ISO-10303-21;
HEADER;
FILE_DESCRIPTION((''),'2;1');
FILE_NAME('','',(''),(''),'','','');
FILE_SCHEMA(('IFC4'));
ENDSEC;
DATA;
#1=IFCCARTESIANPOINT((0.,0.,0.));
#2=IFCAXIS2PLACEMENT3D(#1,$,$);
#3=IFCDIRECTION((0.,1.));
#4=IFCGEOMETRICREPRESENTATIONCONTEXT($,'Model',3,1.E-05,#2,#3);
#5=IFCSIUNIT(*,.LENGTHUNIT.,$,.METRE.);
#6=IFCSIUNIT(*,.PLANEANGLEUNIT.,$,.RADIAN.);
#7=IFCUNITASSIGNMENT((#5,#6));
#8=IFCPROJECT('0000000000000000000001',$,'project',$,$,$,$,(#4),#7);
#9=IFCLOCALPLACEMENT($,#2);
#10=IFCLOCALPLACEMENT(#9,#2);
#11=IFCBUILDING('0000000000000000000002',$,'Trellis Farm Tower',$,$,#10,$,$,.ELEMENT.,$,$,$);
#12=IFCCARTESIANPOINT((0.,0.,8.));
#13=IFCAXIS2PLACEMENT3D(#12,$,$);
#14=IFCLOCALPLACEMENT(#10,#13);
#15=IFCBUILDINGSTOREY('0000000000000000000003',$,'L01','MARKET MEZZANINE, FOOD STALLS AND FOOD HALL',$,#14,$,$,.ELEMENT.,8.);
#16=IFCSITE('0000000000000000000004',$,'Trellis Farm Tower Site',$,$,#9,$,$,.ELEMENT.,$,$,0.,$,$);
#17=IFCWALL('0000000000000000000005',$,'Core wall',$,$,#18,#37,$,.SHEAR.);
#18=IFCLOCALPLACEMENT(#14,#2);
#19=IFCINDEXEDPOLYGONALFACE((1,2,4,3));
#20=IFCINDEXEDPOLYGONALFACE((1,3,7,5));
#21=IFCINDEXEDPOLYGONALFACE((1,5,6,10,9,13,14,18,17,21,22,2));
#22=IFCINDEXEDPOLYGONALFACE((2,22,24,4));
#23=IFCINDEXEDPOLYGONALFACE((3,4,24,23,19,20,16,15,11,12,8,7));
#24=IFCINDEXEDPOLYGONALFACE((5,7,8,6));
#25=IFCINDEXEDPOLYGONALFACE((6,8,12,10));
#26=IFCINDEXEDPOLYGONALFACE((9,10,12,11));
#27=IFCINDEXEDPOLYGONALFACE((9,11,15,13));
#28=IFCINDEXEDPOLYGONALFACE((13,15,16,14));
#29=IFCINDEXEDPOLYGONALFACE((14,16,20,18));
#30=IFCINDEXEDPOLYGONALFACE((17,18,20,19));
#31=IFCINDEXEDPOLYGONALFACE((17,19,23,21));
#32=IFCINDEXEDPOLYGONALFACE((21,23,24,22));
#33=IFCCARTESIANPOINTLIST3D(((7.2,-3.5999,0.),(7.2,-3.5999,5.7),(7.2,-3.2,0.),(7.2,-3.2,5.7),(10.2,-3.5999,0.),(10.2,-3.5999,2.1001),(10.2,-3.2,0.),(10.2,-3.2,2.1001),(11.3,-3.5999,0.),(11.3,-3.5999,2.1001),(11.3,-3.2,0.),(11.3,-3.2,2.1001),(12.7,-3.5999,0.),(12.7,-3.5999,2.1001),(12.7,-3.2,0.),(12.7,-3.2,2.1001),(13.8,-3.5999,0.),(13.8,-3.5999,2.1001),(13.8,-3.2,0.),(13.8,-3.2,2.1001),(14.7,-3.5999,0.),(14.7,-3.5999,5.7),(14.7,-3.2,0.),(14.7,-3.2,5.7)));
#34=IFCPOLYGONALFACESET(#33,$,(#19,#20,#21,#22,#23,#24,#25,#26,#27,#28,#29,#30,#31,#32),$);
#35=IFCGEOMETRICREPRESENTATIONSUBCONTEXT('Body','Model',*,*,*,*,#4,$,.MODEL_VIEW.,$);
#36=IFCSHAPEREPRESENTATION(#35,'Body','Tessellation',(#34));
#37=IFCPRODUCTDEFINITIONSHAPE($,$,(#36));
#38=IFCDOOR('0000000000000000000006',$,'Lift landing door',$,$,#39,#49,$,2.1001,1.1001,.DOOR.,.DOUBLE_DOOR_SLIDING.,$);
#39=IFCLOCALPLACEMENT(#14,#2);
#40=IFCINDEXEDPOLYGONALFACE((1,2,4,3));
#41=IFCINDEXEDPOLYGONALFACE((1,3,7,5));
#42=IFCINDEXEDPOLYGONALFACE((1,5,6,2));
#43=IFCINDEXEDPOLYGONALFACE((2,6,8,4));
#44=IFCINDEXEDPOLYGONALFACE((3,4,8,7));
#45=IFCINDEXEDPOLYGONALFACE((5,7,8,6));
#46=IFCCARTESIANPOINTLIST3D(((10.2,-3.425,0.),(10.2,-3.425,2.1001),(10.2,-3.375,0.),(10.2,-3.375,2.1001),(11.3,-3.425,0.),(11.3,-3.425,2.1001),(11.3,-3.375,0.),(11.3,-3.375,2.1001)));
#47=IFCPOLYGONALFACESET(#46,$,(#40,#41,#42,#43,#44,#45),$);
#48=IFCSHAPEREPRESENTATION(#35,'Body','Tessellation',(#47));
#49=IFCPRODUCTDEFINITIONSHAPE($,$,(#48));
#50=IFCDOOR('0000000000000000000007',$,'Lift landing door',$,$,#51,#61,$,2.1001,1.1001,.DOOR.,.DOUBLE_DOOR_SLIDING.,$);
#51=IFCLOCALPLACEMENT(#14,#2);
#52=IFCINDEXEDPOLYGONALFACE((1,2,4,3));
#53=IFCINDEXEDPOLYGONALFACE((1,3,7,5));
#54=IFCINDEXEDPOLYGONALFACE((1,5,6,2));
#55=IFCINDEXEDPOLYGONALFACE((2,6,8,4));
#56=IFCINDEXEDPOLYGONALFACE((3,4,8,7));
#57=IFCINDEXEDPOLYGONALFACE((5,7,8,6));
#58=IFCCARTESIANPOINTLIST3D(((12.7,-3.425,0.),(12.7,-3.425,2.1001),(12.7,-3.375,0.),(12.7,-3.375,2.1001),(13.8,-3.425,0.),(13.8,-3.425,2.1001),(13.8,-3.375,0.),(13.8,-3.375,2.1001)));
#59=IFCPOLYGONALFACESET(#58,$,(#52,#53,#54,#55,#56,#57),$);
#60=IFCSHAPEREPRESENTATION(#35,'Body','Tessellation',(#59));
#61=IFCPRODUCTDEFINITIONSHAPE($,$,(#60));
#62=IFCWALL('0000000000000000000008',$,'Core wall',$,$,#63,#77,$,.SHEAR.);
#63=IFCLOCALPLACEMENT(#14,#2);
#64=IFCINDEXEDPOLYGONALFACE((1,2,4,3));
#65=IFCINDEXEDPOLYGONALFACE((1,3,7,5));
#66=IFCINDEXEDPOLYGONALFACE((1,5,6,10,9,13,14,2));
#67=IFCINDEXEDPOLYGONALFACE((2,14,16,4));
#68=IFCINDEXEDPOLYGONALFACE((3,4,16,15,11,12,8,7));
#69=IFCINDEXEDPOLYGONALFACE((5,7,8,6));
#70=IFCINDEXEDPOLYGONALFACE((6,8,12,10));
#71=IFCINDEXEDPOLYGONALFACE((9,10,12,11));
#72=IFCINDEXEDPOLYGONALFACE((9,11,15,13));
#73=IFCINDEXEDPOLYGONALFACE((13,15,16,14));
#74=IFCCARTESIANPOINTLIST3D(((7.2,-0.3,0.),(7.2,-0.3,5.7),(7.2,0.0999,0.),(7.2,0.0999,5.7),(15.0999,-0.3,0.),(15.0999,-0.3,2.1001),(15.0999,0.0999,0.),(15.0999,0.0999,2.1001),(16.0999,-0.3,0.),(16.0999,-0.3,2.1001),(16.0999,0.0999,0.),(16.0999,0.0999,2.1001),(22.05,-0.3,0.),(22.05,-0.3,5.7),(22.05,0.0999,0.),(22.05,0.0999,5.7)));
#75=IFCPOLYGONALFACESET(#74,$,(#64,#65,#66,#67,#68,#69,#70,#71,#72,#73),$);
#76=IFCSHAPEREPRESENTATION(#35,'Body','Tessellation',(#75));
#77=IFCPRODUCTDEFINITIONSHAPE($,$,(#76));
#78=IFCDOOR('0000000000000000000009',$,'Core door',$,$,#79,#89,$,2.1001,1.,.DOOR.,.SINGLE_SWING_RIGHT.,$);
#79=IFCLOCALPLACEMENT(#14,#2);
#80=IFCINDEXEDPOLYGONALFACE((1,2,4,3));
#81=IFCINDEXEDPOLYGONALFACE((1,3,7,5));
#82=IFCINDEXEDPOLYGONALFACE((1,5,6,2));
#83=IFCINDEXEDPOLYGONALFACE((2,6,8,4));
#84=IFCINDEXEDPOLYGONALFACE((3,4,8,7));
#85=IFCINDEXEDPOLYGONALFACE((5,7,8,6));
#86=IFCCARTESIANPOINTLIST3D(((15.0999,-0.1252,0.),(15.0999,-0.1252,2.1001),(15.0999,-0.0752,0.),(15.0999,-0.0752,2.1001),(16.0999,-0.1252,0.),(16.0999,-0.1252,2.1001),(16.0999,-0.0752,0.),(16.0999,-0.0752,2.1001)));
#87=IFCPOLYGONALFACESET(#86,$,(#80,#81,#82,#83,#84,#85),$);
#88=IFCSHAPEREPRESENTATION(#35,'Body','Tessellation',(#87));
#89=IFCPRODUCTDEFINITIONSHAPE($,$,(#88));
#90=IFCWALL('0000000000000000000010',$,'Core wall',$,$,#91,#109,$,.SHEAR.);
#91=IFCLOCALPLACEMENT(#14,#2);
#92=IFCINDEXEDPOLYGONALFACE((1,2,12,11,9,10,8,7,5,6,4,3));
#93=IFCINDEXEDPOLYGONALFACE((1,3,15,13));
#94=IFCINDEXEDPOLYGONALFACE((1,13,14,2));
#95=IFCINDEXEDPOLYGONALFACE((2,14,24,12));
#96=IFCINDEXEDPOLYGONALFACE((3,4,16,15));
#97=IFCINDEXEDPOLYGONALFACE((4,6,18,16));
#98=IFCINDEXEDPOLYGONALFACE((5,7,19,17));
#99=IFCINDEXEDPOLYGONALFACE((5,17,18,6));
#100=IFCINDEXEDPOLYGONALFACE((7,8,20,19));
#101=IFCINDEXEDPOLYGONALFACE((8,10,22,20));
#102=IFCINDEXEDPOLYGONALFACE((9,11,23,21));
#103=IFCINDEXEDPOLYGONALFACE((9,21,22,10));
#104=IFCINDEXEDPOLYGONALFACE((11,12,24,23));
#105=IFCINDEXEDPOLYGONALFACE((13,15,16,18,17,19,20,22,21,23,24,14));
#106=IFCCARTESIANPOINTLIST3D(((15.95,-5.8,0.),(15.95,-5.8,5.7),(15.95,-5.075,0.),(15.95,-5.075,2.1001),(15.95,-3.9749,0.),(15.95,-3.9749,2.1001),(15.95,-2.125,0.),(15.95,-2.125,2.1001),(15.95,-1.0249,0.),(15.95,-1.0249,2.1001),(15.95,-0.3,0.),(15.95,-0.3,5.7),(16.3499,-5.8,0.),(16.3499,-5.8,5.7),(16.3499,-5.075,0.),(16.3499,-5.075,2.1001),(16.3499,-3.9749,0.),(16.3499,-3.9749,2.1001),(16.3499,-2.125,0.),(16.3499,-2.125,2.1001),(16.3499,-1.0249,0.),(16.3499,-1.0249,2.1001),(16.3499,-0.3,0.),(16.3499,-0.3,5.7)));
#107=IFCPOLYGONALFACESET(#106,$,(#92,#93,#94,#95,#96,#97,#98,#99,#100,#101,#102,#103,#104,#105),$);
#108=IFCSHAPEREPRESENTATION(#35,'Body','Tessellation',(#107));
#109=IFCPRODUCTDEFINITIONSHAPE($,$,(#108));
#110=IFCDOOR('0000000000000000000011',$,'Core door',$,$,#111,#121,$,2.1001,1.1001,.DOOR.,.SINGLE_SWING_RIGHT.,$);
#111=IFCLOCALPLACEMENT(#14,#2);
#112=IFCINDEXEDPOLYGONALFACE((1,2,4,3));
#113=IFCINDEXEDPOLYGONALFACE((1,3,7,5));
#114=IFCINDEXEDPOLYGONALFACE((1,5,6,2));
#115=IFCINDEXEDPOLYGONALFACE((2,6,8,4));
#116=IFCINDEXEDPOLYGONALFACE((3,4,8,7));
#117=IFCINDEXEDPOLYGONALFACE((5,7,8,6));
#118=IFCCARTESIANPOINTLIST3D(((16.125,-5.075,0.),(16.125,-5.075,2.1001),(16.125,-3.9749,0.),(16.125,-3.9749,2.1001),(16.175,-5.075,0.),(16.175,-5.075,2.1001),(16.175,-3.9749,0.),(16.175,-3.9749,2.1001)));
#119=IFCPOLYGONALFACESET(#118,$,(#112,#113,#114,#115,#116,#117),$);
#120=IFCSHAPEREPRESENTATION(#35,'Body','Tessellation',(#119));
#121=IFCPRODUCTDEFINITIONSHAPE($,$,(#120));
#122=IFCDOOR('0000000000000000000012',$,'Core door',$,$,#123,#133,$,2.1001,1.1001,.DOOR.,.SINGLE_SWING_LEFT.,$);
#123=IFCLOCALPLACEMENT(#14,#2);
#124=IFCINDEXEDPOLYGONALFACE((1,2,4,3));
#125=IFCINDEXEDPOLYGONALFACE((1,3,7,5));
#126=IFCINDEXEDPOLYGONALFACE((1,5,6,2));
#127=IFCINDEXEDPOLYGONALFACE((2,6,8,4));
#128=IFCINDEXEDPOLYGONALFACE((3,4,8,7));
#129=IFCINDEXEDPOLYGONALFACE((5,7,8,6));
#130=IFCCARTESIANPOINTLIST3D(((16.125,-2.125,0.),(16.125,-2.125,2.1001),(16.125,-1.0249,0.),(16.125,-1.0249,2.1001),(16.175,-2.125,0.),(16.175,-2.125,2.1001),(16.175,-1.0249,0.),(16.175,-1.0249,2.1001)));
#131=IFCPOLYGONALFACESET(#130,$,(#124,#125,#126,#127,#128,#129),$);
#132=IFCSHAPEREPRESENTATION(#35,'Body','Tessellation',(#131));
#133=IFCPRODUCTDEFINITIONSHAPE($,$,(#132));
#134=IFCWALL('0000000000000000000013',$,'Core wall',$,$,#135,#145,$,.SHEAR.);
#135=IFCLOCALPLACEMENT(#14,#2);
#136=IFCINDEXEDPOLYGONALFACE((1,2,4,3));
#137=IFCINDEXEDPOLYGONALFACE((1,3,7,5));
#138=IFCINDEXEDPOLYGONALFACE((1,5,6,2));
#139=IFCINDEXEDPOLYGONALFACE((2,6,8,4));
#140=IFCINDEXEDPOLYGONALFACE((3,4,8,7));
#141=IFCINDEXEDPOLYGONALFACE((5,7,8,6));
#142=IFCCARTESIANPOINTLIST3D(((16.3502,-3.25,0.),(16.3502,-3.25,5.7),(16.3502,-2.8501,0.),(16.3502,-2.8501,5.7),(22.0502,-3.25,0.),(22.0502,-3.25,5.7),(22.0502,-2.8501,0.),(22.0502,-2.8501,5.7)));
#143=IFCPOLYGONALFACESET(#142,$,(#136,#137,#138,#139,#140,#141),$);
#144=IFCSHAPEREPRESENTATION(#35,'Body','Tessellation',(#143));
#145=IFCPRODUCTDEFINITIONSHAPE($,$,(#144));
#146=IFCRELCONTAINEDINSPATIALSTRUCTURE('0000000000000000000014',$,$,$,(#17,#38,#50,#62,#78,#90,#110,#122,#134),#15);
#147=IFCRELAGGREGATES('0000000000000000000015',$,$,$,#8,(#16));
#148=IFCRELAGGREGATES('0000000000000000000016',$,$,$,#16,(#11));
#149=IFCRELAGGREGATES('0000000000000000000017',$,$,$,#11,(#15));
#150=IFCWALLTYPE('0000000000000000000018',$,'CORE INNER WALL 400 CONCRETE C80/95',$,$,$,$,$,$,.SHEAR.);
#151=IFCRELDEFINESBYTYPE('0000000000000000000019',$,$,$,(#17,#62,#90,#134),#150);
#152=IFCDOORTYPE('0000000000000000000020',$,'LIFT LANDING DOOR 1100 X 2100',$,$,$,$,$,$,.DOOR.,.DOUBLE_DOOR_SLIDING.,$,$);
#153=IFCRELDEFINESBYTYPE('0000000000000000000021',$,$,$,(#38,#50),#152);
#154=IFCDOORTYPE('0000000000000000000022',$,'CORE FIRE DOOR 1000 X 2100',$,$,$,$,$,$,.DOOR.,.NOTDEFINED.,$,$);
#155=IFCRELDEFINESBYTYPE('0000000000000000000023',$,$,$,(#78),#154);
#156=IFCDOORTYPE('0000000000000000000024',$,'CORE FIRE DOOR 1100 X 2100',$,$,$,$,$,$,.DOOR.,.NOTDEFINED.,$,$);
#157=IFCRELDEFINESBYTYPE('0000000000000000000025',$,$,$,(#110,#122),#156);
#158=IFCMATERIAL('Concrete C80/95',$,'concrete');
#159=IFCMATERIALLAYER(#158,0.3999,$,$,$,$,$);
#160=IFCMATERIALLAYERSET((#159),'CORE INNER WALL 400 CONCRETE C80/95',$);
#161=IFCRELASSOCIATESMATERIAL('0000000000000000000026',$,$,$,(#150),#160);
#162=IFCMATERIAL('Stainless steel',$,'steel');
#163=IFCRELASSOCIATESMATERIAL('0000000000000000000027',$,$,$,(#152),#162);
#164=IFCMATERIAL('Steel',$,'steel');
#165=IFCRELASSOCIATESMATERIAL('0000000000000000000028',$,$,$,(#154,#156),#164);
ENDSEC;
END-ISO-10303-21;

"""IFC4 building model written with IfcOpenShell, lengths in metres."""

from ifc_helpers import new_model, si_unit, direction, frame, frame_2d, origin, place, context, subcontext, project, spatial, rectangle, extrude, source, transform, mapped, material, layer, layer_set, type_object, element, fill, save


model = new_model("IFC4")

# Units and contexts
model_context = context("Model", 3, precision=1e-05, world=origin(), true_north=direction((0.0, 1.0)))
body_context = subcontext(model_context, "Body", "Model", "MODEL_VIEW")
ifc_project = project(units=[si_unit("LENGTHUNIT", "METRE"), si_unit("PLANEANGLEUNIT", "RADIAN")], contexts=[model_context])

# Site, building, storey
site_placement = place(None, origin())
site = spatial("IfcSite", under=ifc_project, at=site_placement, Name="Trellis Farm Tower Site", CompositionType="ELEMENT", RefElevation=0.0)
building_placement = place(site_placement, origin())
building = spatial("IfcBuilding", under=site, at=building_placement, Name="Trellis Farm Tower", CompositionType="ELEMENT")
storey_placement = place(building_placement, frame((0.0, 0.0, 8.0)))
storey = spatial("IfcBuildingStorey", under=building, at=storey_placement, Name="L01", Description="MARKET MEZZANINE, FOOD STALLS AND FOOD HALL", CompositionType="ELEMENT", Elevation=8.0)

# Shared definitions
ifc_material_1 = material(Name="Concrete C80/95", Category="concrete")

# Wall, openings, doors
ifc_layer_1 = layer(ifc_material_1, 0.3999)
ifc_layer_set_1 = layer_set([ifc_layer_1], Name="CORE INNER WALL 400 CONCRETE C80/95")
wall_type = type_object("IfcWallType", Name="CORE INNER WALL 400 CONCRETE C80/95", PredefinedType="SHEAR", material=ifc_layer_set_1)
shared_shape_1 = source(origin(), body_context, "Body", "SweptSolid", [
    extrude(rectangle(XDim=7.5, YDim=0.3999, at=frame_2d((3.75, 0.0))), origin(), (0.0, 0.0, 1.0), 5.7),
])
wall_1_placement = place(storey_placement, frame((7.2, -3.3999, 0.0), z_axis=(0.0, 0.0, 1.0), x_axis=(1.0, 0.0, 0.0)))
wall_1 = element("IfcWall", 1, at=wall_1_placement, inside=storey, type_object=wall_type, Name="Core wall", PredefinedType="SHEAR", context=body_context, shape_type="MappedRepresentation", body=[
    mapped(shared_shape_1, transform((0.0, 0.0, 0.0))),
])
shared_shape_2 = source(origin(), body_context, "Body", "SweptSolid", [
    extrude(rectangle(XDim=1.1001, YDim=2.1001, at=frame_2d((0.55, 1.05))), frame((0.0, 0.21, 0.0), z_axis=(0.0, -1.0, 0.0), x_axis=(1.0, 0.0, 0.0)), (0.0, 0.0, 1.0), 0.4199),
])
opening_1_placement = place(wall_1_placement, frame((3.0, 0.0, 0.0)))
opening_1 = element("IfcOpeningElement", 2, at=opening_1_placement, cuts=wall_1, PredefinedType="OPENING", context=body_context, shape_type="MappedRepresentation", body=[
    mapped(shared_shape_2, transform((0.0, 0.0, 0.0))),
])
opening_2_placement = place(wall_1_placement, frame((5.5, 0.0, 0.0)))
opening_2 = element("IfcOpeningElement", 3, at=opening_2_placement, cuts=wall_1, PredefinedType="OPENING", context=body_context, shape_type="MappedRepresentation", body=[
    mapped(shared_shape_2, transform((0.0, 0.0, 0.0))),
])
ifc_material_2 = material(Name="Stainless steel", Category="steel")
door_type_1 = type_object("IfcDoorType", Name="LIFT LANDING DOOR 1100 X 2100", OperationType="DOUBLE_DOOR_SLIDING", PredefinedType="DOOR", material=ifc_material_2)
shared_shape_3 = source(origin(), body_context, "Body", "SweptSolid", [
    extrude(rectangle(XDim=1.1001, YDim=2.1001, at=frame_2d((0.55, 1.05))), frame((0.0, 0.0249, 0.0), z_axis=(0.0, -1.0, 0.0), x_axis=(1.0, 0.0, 0.0)), (0.0, 0.0, 1.0), 0.05),
])
door_1_placement = place(opening_1_placement, origin())
door_1 = element("IfcDoor", 4, at=door_1_placement, inside=storey, type_object=door_type_1, Name="Lift landing door", OperationType="DOUBLE_DOOR_SLIDING", OverallHeight=2.1001, OverallWidth=1.1001, PredefinedType="DOOR", context=body_context, shape_type="MappedRepresentation", body=[
    mapped(shared_shape_3, transform((0.0, 0.0, 0.0))),
])
fill(opening_1, door_1)
door_2_placement = place(opening_2_placement, origin())
door_2 = element("IfcDoor", 5, at=door_2_placement, inside=storey, type_object=door_type_1, Name="Lift landing door", OperationType="DOUBLE_DOOR_SLIDING", OverallHeight=2.1001, OverallWidth=1.1001, PredefinedType="DOOR", context=body_context, shape_type="MappedRepresentation", body=[
    mapped(shared_shape_3, transform((0.0, 0.0, 0.0))),
])
fill(opening_2, door_2)

# Wall, opening, door
shared_shape_4 = source(origin(), body_context, "Body", "SweptSolid", [
    extrude(rectangle(XDim=14.8501, YDim=0.3999, at=frame_2d((7.425, 0.0))), origin(), (0.0, 0.0, 1.0), 5.7),
])
wall_2_placement = place(storey_placement, frame((7.2, -0.1001, 0.0), z_axis=(0.0, 0.0, 1.0), x_axis=(1.0, 0.0, 0.0)))
wall_2 = element("IfcWall", 6, at=wall_2_placement, inside=storey, type_object=wall_type, Name="Core wall", PredefinedType="SHEAR", context=body_context, shape_type="MappedRepresentation", body=[
    mapped(shared_shape_4, transform((0.0, 0.0, 0.0))),
])
shared_shape_5 = source(origin(), body_context, "Body", "SweptSolid", [
    extrude(rectangle(XDim=1.0, YDim=2.1001, at=frame_2d((0.5, 1.05))), frame((0.0, 0.21, 0.0), z_axis=(0.0, -1.0, 0.0), x_axis=(1.0, 0.0, 0.0)), (0.0, 0.0, 1.0), 0.4199),
])
opening_3_placement = place(wall_2_placement, frame((7.8999, 0.0, 0.0)))
opening_3 = element("IfcOpeningElement", 7, at=opening_3_placement, cuts=wall_2, PredefinedType="OPENING", context=body_context, shape_type="MappedRepresentation", body=[
    mapped(shared_shape_5, transform((0.0, 0.0, 0.0))),
])
ifc_material_3 = material(Name="Steel", Category="steel")
door_type_2 = type_object("IfcDoorType", Name="CORE FIRE DOOR 1000 X 2100", OperationType="NOTDEFINED", PredefinedType="DOOR", material=ifc_material_3)
shared_shape_6 = source(origin(), body_context, "Body", "SweptSolid", [
    extrude(rectangle(XDim=1.0, YDim=2.1001, at=frame_2d((0.5, 1.05))), frame((0.0, 0.0249, 0.0), z_axis=(0.0, -1.0, 0.0), x_axis=(1.0, 0.0, 0.0)), (0.0, 0.0, 1.0), 0.05),
])
door_3_placement = place(opening_3_placement, origin())
door_3 = element("IfcDoor", 8, at=door_3_placement, inside=storey, type_object=door_type_2, Name="Core door", OperationType="SINGLE_SWING_RIGHT", OverallHeight=2.1001, OverallWidth=1.0, PredefinedType="DOOR", context=body_context, shape_type="MappedRepresentation", body=[
    mapped(shared_shape_6, transform((0.0, 0.0, 0.0))),
])
fill(opening_3, door_3)

# Wall, openings, doors
shared_shape_7 = source(origin(), body_context, "Body", "SweptSolid", [
    extrude(rectangle(XDim=5.5, YDim=0.3999, at=frame_2d((2.75, 0.0))), origin(), (0.0, 0.0, 1.0), 5.7),
])
wall_3_placement = place(storey_placement, frame((16.1499, -5.8, 0.0), z_axis=(0.0, 0.0, 1.0), x_axis=(0.0, 1.0, 0.0)))
wall_3 = element("IfcWall", 9, at=wall_3_placement, inside=storey, type_object=wall_type, Name="Core wall", PredefinedType="SHEAR", context=body_context, shape_type="MappedRepresentation", body=[
    mapped(shared_shape_7, transform((0.0, 0.0, 0.0))),
])
opening_4_placement = place(wall_3_placement, frame((0.7251, 0.0, 0.0)))
opening_4 = element("IfcOpeningElement", 10, at=opening_4_placement, cuts=wall_3, PredefinedType="OPENING", context=body_context, shape_type="MappedRepresentation", body=[
    mapped(shared_shape_2, transform((0.0, 0.0, 0.0))),
])
opening_5_placement = place(wall_3_placement, frame((3.675, 0.0, 0.0)))
opening_5 = element("IfcOpeningElement", 11, at=opening_5_placement, cuts=wall_3, PredefinedType="OPENING", context=body_context, shape_type="MappedRepresentation", body=[
    mapped(shared_shape_2, transform((0.0, 0.0, 0.0))),
])
door_type_3 = type_object("IfcDoorType", Name="CORE FIRE DOOR 1100 X 2100", OperationType="NOTDEFINED", PredefinedType="DOOR", material=ifc_material_3)
door_4_placement = place(opening_4_placement, origin())
door_4 = element("IfcDoor", 12, at=door_4_placement, inside=storey, type_object=door_type_3, Name="Core door", OperationType="SINGLE_SWING_RIGHT", OverallHeight=2.1001, OverallWidth=1.1001, PredefinedType="DOOR", context=body_context, shape_type="MappedRepresentation", body=[
    mapped(shared_shape_3, transform((0.0, 0.0, 0.0))),
])
fill(opening_4, door_4)
door_5_placement = place(opening_5_placement, origin())
door_5 = element("IfcDoor", 13, at=door_5_placement, inside=storey, type_object=door_type_3, Name="Core door", OperationType="SINGLE_SWING_LEFT", OverallHeight=2.1001, OverallWidth=1.1001, PredefinedType="DOOR", context=body_context, shape_type="MappedRepresentation", body=[
    mapped(shared_shape_3, transform((0.0, 0.0, 0.0))),
])
fill(opening_5, door_5)

# Wall
shared_shape_8 = source(origin(), body_context, "Body", "SweptSolid", [
    extrude(rectangle(XDim=5.7, YDim=0.3999, at=frame_2d((2.8501, 0.0))), origin(), (0.0, 0.0, 1.0), 5.7),
])
wall_4_placement = place(storey_placement, frame((16.3501, -3.05, 0.0), z_axis=(0.0, 0.0, 1.0), x_axis=(1.0, 0.0, 0.0)))
element("IfcWall", 14, at=wall_4_placement, inside=storey, type_object=wall_type, Name="Core wall", PredefinedType="SHEAR", context=body_context, shape_type="MappedRepresentation", body=[
    mapped(shared_shape_8, transform((0.0, 0.0, 0.0))),
])

save(model, "model.ifc")
